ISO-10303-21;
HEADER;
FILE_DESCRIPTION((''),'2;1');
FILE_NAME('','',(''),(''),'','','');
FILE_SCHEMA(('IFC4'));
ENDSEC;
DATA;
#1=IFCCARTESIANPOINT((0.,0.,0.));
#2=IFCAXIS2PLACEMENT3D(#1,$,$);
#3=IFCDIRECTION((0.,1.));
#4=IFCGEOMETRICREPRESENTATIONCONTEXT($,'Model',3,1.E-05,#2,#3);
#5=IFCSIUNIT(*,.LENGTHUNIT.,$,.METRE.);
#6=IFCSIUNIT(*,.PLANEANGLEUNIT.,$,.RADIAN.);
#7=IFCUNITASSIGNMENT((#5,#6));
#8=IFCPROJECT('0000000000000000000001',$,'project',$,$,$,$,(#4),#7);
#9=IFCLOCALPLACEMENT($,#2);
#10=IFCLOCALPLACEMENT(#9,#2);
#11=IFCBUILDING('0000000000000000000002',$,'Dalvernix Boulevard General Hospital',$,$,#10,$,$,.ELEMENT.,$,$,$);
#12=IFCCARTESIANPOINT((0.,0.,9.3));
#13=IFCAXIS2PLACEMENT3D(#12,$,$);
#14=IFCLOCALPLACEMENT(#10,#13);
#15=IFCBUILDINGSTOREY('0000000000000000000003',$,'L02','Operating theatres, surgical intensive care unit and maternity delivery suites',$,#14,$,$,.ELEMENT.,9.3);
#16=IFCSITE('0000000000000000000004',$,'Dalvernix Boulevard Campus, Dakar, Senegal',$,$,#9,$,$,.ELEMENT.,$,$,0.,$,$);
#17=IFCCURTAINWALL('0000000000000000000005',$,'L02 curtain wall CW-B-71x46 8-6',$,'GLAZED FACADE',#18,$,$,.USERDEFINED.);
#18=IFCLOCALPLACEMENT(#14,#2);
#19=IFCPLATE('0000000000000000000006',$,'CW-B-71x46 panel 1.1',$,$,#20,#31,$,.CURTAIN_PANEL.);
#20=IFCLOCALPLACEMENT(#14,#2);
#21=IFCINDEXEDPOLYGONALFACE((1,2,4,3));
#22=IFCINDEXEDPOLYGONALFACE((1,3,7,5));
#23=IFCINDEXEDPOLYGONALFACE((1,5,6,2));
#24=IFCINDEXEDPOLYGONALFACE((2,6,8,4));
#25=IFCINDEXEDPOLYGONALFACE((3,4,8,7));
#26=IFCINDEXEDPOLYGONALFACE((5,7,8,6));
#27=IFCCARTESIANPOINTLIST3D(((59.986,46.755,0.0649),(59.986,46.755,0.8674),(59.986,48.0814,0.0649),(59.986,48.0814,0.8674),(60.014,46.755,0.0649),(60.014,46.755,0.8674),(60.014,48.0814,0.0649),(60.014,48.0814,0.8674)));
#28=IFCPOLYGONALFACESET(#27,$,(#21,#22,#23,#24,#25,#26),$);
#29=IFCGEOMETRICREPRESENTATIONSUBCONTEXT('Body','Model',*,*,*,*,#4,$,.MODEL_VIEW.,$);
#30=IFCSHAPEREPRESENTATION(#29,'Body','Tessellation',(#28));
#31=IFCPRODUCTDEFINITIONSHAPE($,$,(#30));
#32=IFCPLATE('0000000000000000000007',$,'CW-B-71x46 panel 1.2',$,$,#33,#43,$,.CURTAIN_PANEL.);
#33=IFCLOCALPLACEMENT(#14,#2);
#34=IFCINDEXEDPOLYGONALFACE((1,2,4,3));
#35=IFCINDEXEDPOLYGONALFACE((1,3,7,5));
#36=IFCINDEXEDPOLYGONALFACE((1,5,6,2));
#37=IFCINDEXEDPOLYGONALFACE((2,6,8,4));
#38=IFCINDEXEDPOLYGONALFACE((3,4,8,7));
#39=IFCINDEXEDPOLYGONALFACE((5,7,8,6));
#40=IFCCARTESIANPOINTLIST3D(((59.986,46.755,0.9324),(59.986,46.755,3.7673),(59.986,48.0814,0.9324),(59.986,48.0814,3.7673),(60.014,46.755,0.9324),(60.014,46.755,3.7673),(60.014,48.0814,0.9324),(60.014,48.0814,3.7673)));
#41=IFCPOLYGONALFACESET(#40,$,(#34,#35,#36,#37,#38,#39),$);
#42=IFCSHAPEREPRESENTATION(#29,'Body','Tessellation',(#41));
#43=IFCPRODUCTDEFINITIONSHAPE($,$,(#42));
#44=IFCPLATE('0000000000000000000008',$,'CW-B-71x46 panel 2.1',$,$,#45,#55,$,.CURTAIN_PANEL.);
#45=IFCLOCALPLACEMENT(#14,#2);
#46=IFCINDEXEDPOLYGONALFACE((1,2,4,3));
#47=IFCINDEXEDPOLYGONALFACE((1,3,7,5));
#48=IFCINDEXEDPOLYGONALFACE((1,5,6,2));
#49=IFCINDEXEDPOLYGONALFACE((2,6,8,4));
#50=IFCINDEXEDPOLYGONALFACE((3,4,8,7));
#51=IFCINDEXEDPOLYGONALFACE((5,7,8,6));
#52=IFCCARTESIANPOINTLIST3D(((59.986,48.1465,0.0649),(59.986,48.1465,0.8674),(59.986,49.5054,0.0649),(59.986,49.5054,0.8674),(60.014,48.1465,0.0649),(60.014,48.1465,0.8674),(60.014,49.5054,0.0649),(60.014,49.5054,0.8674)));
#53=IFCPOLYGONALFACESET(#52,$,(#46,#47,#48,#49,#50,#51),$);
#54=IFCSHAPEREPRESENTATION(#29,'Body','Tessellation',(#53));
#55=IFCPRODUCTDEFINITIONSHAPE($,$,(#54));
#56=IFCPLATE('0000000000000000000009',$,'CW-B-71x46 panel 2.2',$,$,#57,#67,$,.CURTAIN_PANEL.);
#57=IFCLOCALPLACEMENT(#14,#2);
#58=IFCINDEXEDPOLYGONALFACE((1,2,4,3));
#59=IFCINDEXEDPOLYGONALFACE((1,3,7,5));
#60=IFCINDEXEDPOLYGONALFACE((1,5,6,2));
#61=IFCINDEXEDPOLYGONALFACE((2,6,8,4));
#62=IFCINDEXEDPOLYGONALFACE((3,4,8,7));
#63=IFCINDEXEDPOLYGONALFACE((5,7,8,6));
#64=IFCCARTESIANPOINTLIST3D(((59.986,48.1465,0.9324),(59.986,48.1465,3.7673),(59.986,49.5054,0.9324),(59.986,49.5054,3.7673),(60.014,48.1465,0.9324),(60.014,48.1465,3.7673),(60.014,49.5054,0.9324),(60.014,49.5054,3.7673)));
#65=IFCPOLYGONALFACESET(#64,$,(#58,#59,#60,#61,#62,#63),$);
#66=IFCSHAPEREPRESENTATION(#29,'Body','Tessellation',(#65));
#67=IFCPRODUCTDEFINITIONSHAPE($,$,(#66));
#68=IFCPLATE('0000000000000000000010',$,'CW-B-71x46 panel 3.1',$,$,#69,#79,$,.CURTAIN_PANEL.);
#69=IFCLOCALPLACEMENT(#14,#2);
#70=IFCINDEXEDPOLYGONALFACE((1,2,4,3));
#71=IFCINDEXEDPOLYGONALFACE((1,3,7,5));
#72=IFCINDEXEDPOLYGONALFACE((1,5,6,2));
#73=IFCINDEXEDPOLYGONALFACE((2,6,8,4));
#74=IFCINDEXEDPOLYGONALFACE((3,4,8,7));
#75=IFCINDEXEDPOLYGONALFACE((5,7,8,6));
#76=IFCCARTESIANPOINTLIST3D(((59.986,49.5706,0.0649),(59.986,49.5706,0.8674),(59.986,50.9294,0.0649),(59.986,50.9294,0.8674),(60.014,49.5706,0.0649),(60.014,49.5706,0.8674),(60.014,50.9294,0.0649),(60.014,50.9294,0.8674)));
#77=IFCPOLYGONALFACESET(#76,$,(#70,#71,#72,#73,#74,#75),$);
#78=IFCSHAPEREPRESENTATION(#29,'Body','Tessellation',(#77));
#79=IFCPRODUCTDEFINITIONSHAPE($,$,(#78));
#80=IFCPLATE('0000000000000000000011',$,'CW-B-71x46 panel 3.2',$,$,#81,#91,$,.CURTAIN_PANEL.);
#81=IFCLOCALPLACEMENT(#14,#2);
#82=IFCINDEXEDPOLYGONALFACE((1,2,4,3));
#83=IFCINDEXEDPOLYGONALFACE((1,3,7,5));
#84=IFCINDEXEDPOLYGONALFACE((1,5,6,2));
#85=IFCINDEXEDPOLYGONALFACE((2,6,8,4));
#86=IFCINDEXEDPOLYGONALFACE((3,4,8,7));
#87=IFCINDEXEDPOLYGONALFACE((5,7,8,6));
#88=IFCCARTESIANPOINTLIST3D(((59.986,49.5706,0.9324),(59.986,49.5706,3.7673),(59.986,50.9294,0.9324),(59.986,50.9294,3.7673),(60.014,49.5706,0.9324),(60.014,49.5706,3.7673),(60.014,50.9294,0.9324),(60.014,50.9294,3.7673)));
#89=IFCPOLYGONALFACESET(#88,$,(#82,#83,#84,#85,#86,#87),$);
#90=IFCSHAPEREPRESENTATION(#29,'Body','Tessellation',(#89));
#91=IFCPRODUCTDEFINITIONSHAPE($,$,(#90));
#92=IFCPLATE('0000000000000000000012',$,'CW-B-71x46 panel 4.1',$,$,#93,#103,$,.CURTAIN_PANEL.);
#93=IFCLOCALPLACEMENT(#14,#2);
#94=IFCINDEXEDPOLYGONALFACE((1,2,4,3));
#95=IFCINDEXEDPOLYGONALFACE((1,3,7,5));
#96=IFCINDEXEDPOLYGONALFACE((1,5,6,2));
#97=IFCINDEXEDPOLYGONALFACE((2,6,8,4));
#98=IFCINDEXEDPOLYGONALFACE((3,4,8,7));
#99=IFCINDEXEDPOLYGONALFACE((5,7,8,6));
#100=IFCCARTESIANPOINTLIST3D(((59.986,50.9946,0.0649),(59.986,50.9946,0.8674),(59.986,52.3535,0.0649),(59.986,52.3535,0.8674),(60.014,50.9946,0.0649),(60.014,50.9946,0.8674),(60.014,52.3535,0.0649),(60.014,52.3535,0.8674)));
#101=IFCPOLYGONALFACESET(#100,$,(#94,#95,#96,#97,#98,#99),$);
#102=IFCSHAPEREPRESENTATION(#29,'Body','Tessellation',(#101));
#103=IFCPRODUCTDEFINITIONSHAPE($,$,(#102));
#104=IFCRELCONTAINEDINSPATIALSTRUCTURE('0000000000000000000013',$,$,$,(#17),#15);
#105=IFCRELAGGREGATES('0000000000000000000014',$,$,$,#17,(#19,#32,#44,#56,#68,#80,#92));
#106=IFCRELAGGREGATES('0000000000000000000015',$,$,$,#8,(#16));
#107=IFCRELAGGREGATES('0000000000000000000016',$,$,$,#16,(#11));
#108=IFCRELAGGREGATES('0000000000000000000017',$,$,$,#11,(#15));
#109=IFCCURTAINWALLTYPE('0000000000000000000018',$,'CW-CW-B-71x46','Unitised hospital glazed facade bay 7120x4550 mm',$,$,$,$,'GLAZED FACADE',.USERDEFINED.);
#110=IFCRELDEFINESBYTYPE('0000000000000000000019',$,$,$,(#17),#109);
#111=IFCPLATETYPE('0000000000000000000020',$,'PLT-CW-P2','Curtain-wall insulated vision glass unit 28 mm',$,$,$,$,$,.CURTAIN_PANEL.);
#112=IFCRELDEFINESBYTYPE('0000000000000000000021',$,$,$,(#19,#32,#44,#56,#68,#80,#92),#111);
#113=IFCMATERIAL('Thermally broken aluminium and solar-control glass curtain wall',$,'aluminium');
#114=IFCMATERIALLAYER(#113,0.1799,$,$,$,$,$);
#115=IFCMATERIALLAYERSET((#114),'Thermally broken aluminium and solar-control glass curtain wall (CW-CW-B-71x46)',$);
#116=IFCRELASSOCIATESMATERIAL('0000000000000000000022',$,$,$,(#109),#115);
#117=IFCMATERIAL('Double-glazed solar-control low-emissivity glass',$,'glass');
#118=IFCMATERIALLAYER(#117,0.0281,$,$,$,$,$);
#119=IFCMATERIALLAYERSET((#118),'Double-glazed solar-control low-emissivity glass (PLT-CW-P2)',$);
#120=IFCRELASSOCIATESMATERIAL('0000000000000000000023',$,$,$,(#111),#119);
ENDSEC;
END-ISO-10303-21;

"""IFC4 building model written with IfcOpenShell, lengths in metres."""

from ifc_helpers import new_model, si_unit, direction, frame, origin, origin_2d, place, context, subcontext, project, spatial, rectangle, extrude, material, layer, layer_set, type_object, element, aggregate, save


model = new_model("IFC4")

# Units and contexts
model_context = context("Model", 3, precision=1e-05, world=origin(), true_north=direction((0.0, 1.0)))
body_context = subcontext(model_context, "Body", "Model", "MODEL_VIEW")
ifc_project = project(units=[si_unit("LENGTHUNIT", "METRE"), si_unit("PLANEANGLEUNIT", "RADIAN")], contexts=[model_context])

# Site, building, storey
site_placement = place(None, origin())
site = spatial("IfcSite", under=ifc_project, at=site_placement, Name="Dalvernix Boulevard Campus, Dakar, Senegal", CompositionType="ELEMENT", RefElevation=0.0)
building_placement = place(site_placement, origin())
building = spatial("IfcBuilding", under=site, at=building_placement, Name="Dalvernix Boulevard General Hospital", CompositionType="ELEMENT")
storey_placement = place(building_placement, frame((0.0, 0.0, 9.3)))
storey = spatial("IfcBuildingStorey", under=building, at=storey_placement, Name="L02", Description="Operating theatres, surgical intensive care unit and maternity delivery suites", CompositionType="ELEMENT", Elevation=9.3)

# Curtain wall, plates
ifc_material_1 = material(Name="Thermally broken aluminium and solar-control glass curtain wall", Category="aluminium")
ifc_layer_1 = layer(ifc_material_1, 0.1799)
ifc_layer_set_1 = layer_set([ifc_layer_1], Name="Thermally broken aluminium and solar-control glass curtain wall (CW-CW-B-71x46)")
curtain_wall_type = type_object("IfcCurtainWallType", Name="CW-CW-B-71x46", Description="Unitised hospital glazed facade bay 7120x4550 mm", ElementType="GLAZED FACADE", PredefinedType="USERDEFINED", material=ifc_layer_set_1)
curtain_wall_placement = place(storey_placement, origin())
curtain_wall = element("IfcCurtainWall", 1, at=curtain_wall_placement, inside=storey, type_object=curtain_wall_type, Name="L02 curtain wall CW-B-71x46 8-6", ObjectType="GLAZED FACADE", PredefinedType="USERDEFINED")
ifc_material_2 = material(Name="Double-glazed solar-control low-emissivity glass", Category="glass")
ifc_layer_2 = layer(ifc_material_2, 0.0281)
ifc_layer_set_2 = layer_set([ifc_layer_2], Name="Double-glazed solar-control low-emissivity glass (PLT-CW-P2)")
plate_type = type_object("IfcPlateType", Name="PLT-CW-P2", Description="Curtain-wall insulated vision glass unit 28 mm", PredefinedType="CURTAIN_PANEL", material=ifc_layer_set_2)
plate_1_placement = place(storey_placement, frame((60.0, 47.4182, 0.0649), z_axis=(0.0, 0.0, 1.0), x_axis=(0.0, 1.0, 0.0)))
plate_1 = element("IfcPlate", 2, at=plate_1_placement, type_object=plate_type, Name="CW-B-71x46 panel 1.1", PredefinedType="CURTAIN_PANEL", context=body_context, shape_type="SweptSolid", body=[
    extrude(rectangle(XDim=1.3264, YDim=0.0281, at=origin_2d()), origin(), (0.0, 0.0, 1.0), 0.8025),
])
plate_2_placement = place(storey_placement, frame((60.0, 47.4182, 0.9324), z_axis=(0.0, 0.0, 1.0), x_axis=(0.0, 1.0, 0.0)))
plate_2 = element("IfcPlate", 3, at=plate_2_placement, type_object=plate_type, Name="CW-B-71x46 panel 1.2", PredefinedType="CURTAIN_PANEL", context=body_context, shape_type="SweptSolid", body=[
    extrude(rectangle(XDim=1.3264, YDim=0.0281, at=origin_2d()), origin(), (0.0, 0.0, 1.0), 2.835),
])
plate_3_placement = place(storey_placement, frame((60.0, 48.8259, 0.0649), z_axis=(0.0, 0.0, 1.0), x_axis=(0.0, 1.0, 0.0)))
plate_3 = element("IfcPlate", 4, at=plate_3_placement, type_object=plate_type, Name="CW-B-71x46 panel 2.1", PredefinedType="CURTAIN_PANEL", context=body_context, shape_type="SweptSolid", body=[
    extrude(rectangle(XDim=1.3589, YDim=0.0281, at=origin_2d()), origin(), (0.0, 0.0, 1.0), 0.8025),
])
plate_4_placement = place(storey_placement, frame((60.0, 48.8259, 0.9324), z_axis=(0.0, 0.0, 1.0), x_axis=(0.0, 1.0, 0.0)))
plate_4 = element("IfcPlate", 5, at=plate_4_placement, type_object=plate_type, Name="CW-B-71x46 panel 2.2", PredefinedType="CURTAIN_PANEL", context=body_context, shape_type="SweptSolid", body=[
    extrude(rectangle(XDim=1.3589, YDim=0.0281, at=origin_2d()), origin(), (0.0, 0.0, 1.0), 2.835),
])
plate_5_placement = place(storey_placement, frame((60.0, 50.25, 0.0649), z_axis=(0.0, 0.0, 1.0), x_axis=(0.0, 1.0, 0.0)))
plate_5 = element("IfcPlate", 6, at=plate_5_placement, type_object=plate_type, Name="CW-B-71x46 panel 3.1", PredefinedType="CURTAIN_PANEL", context=body_context, shape_type="SweptSolid", body=[
    extrude(rectangle(XDim=1.3589, YDim=0.0281, at=origin_2d()), origin(), (0.0, 0.0, 1.0), 0.8025),
])
plate_6_placement = place(storey_placement, frame((60.0, 50.25, 0.9324), z_axis=(0.0, 0.0, 1.0), x_axis=(0.0, 1.0, 0.0)))
plate_6 = element("IfcPlate", 7, at=plate_6_placement, type_object=plate_type, Name="CW-B-71x46 panel 3.2", PredefinedType="CURTAIN_PANEL", context=body_context, shape_type="SweptSolid", body=[
    extrude(rectangle(XDim=1.3589, YDim=0.0281, at=origin_2d()), origin(), (0.0, 0.0, 1.0), 2.835),
])
plate_7_placement = place(storey_placement, frame((60.0, 51.6741, 0.0649), z_axis=(0.0, 0.0, 1.0), x_axis=(0.0, 1.0, 0.0)))
plate_7 = element("IfcPlate", 8, at=plate_7_placement, type_object=plate_type, Name="CW-B-71x46 panel 4.1", PredefinedType="CURTAIN_PANEL", context=body_context, shape_type="SweptSolid", body=[
    extrude(rectangle(XDim=1.3589, YDim=0.0281, at=origin_2d()), origin(), (0.0, 0.0, 1.0), 0.8025),
])
aggregate(curtain_wall, [plate_1, plate_2, plate_3, plate_4, plate_5, plate_6, plate_7])

save(model, "model.ifc")
